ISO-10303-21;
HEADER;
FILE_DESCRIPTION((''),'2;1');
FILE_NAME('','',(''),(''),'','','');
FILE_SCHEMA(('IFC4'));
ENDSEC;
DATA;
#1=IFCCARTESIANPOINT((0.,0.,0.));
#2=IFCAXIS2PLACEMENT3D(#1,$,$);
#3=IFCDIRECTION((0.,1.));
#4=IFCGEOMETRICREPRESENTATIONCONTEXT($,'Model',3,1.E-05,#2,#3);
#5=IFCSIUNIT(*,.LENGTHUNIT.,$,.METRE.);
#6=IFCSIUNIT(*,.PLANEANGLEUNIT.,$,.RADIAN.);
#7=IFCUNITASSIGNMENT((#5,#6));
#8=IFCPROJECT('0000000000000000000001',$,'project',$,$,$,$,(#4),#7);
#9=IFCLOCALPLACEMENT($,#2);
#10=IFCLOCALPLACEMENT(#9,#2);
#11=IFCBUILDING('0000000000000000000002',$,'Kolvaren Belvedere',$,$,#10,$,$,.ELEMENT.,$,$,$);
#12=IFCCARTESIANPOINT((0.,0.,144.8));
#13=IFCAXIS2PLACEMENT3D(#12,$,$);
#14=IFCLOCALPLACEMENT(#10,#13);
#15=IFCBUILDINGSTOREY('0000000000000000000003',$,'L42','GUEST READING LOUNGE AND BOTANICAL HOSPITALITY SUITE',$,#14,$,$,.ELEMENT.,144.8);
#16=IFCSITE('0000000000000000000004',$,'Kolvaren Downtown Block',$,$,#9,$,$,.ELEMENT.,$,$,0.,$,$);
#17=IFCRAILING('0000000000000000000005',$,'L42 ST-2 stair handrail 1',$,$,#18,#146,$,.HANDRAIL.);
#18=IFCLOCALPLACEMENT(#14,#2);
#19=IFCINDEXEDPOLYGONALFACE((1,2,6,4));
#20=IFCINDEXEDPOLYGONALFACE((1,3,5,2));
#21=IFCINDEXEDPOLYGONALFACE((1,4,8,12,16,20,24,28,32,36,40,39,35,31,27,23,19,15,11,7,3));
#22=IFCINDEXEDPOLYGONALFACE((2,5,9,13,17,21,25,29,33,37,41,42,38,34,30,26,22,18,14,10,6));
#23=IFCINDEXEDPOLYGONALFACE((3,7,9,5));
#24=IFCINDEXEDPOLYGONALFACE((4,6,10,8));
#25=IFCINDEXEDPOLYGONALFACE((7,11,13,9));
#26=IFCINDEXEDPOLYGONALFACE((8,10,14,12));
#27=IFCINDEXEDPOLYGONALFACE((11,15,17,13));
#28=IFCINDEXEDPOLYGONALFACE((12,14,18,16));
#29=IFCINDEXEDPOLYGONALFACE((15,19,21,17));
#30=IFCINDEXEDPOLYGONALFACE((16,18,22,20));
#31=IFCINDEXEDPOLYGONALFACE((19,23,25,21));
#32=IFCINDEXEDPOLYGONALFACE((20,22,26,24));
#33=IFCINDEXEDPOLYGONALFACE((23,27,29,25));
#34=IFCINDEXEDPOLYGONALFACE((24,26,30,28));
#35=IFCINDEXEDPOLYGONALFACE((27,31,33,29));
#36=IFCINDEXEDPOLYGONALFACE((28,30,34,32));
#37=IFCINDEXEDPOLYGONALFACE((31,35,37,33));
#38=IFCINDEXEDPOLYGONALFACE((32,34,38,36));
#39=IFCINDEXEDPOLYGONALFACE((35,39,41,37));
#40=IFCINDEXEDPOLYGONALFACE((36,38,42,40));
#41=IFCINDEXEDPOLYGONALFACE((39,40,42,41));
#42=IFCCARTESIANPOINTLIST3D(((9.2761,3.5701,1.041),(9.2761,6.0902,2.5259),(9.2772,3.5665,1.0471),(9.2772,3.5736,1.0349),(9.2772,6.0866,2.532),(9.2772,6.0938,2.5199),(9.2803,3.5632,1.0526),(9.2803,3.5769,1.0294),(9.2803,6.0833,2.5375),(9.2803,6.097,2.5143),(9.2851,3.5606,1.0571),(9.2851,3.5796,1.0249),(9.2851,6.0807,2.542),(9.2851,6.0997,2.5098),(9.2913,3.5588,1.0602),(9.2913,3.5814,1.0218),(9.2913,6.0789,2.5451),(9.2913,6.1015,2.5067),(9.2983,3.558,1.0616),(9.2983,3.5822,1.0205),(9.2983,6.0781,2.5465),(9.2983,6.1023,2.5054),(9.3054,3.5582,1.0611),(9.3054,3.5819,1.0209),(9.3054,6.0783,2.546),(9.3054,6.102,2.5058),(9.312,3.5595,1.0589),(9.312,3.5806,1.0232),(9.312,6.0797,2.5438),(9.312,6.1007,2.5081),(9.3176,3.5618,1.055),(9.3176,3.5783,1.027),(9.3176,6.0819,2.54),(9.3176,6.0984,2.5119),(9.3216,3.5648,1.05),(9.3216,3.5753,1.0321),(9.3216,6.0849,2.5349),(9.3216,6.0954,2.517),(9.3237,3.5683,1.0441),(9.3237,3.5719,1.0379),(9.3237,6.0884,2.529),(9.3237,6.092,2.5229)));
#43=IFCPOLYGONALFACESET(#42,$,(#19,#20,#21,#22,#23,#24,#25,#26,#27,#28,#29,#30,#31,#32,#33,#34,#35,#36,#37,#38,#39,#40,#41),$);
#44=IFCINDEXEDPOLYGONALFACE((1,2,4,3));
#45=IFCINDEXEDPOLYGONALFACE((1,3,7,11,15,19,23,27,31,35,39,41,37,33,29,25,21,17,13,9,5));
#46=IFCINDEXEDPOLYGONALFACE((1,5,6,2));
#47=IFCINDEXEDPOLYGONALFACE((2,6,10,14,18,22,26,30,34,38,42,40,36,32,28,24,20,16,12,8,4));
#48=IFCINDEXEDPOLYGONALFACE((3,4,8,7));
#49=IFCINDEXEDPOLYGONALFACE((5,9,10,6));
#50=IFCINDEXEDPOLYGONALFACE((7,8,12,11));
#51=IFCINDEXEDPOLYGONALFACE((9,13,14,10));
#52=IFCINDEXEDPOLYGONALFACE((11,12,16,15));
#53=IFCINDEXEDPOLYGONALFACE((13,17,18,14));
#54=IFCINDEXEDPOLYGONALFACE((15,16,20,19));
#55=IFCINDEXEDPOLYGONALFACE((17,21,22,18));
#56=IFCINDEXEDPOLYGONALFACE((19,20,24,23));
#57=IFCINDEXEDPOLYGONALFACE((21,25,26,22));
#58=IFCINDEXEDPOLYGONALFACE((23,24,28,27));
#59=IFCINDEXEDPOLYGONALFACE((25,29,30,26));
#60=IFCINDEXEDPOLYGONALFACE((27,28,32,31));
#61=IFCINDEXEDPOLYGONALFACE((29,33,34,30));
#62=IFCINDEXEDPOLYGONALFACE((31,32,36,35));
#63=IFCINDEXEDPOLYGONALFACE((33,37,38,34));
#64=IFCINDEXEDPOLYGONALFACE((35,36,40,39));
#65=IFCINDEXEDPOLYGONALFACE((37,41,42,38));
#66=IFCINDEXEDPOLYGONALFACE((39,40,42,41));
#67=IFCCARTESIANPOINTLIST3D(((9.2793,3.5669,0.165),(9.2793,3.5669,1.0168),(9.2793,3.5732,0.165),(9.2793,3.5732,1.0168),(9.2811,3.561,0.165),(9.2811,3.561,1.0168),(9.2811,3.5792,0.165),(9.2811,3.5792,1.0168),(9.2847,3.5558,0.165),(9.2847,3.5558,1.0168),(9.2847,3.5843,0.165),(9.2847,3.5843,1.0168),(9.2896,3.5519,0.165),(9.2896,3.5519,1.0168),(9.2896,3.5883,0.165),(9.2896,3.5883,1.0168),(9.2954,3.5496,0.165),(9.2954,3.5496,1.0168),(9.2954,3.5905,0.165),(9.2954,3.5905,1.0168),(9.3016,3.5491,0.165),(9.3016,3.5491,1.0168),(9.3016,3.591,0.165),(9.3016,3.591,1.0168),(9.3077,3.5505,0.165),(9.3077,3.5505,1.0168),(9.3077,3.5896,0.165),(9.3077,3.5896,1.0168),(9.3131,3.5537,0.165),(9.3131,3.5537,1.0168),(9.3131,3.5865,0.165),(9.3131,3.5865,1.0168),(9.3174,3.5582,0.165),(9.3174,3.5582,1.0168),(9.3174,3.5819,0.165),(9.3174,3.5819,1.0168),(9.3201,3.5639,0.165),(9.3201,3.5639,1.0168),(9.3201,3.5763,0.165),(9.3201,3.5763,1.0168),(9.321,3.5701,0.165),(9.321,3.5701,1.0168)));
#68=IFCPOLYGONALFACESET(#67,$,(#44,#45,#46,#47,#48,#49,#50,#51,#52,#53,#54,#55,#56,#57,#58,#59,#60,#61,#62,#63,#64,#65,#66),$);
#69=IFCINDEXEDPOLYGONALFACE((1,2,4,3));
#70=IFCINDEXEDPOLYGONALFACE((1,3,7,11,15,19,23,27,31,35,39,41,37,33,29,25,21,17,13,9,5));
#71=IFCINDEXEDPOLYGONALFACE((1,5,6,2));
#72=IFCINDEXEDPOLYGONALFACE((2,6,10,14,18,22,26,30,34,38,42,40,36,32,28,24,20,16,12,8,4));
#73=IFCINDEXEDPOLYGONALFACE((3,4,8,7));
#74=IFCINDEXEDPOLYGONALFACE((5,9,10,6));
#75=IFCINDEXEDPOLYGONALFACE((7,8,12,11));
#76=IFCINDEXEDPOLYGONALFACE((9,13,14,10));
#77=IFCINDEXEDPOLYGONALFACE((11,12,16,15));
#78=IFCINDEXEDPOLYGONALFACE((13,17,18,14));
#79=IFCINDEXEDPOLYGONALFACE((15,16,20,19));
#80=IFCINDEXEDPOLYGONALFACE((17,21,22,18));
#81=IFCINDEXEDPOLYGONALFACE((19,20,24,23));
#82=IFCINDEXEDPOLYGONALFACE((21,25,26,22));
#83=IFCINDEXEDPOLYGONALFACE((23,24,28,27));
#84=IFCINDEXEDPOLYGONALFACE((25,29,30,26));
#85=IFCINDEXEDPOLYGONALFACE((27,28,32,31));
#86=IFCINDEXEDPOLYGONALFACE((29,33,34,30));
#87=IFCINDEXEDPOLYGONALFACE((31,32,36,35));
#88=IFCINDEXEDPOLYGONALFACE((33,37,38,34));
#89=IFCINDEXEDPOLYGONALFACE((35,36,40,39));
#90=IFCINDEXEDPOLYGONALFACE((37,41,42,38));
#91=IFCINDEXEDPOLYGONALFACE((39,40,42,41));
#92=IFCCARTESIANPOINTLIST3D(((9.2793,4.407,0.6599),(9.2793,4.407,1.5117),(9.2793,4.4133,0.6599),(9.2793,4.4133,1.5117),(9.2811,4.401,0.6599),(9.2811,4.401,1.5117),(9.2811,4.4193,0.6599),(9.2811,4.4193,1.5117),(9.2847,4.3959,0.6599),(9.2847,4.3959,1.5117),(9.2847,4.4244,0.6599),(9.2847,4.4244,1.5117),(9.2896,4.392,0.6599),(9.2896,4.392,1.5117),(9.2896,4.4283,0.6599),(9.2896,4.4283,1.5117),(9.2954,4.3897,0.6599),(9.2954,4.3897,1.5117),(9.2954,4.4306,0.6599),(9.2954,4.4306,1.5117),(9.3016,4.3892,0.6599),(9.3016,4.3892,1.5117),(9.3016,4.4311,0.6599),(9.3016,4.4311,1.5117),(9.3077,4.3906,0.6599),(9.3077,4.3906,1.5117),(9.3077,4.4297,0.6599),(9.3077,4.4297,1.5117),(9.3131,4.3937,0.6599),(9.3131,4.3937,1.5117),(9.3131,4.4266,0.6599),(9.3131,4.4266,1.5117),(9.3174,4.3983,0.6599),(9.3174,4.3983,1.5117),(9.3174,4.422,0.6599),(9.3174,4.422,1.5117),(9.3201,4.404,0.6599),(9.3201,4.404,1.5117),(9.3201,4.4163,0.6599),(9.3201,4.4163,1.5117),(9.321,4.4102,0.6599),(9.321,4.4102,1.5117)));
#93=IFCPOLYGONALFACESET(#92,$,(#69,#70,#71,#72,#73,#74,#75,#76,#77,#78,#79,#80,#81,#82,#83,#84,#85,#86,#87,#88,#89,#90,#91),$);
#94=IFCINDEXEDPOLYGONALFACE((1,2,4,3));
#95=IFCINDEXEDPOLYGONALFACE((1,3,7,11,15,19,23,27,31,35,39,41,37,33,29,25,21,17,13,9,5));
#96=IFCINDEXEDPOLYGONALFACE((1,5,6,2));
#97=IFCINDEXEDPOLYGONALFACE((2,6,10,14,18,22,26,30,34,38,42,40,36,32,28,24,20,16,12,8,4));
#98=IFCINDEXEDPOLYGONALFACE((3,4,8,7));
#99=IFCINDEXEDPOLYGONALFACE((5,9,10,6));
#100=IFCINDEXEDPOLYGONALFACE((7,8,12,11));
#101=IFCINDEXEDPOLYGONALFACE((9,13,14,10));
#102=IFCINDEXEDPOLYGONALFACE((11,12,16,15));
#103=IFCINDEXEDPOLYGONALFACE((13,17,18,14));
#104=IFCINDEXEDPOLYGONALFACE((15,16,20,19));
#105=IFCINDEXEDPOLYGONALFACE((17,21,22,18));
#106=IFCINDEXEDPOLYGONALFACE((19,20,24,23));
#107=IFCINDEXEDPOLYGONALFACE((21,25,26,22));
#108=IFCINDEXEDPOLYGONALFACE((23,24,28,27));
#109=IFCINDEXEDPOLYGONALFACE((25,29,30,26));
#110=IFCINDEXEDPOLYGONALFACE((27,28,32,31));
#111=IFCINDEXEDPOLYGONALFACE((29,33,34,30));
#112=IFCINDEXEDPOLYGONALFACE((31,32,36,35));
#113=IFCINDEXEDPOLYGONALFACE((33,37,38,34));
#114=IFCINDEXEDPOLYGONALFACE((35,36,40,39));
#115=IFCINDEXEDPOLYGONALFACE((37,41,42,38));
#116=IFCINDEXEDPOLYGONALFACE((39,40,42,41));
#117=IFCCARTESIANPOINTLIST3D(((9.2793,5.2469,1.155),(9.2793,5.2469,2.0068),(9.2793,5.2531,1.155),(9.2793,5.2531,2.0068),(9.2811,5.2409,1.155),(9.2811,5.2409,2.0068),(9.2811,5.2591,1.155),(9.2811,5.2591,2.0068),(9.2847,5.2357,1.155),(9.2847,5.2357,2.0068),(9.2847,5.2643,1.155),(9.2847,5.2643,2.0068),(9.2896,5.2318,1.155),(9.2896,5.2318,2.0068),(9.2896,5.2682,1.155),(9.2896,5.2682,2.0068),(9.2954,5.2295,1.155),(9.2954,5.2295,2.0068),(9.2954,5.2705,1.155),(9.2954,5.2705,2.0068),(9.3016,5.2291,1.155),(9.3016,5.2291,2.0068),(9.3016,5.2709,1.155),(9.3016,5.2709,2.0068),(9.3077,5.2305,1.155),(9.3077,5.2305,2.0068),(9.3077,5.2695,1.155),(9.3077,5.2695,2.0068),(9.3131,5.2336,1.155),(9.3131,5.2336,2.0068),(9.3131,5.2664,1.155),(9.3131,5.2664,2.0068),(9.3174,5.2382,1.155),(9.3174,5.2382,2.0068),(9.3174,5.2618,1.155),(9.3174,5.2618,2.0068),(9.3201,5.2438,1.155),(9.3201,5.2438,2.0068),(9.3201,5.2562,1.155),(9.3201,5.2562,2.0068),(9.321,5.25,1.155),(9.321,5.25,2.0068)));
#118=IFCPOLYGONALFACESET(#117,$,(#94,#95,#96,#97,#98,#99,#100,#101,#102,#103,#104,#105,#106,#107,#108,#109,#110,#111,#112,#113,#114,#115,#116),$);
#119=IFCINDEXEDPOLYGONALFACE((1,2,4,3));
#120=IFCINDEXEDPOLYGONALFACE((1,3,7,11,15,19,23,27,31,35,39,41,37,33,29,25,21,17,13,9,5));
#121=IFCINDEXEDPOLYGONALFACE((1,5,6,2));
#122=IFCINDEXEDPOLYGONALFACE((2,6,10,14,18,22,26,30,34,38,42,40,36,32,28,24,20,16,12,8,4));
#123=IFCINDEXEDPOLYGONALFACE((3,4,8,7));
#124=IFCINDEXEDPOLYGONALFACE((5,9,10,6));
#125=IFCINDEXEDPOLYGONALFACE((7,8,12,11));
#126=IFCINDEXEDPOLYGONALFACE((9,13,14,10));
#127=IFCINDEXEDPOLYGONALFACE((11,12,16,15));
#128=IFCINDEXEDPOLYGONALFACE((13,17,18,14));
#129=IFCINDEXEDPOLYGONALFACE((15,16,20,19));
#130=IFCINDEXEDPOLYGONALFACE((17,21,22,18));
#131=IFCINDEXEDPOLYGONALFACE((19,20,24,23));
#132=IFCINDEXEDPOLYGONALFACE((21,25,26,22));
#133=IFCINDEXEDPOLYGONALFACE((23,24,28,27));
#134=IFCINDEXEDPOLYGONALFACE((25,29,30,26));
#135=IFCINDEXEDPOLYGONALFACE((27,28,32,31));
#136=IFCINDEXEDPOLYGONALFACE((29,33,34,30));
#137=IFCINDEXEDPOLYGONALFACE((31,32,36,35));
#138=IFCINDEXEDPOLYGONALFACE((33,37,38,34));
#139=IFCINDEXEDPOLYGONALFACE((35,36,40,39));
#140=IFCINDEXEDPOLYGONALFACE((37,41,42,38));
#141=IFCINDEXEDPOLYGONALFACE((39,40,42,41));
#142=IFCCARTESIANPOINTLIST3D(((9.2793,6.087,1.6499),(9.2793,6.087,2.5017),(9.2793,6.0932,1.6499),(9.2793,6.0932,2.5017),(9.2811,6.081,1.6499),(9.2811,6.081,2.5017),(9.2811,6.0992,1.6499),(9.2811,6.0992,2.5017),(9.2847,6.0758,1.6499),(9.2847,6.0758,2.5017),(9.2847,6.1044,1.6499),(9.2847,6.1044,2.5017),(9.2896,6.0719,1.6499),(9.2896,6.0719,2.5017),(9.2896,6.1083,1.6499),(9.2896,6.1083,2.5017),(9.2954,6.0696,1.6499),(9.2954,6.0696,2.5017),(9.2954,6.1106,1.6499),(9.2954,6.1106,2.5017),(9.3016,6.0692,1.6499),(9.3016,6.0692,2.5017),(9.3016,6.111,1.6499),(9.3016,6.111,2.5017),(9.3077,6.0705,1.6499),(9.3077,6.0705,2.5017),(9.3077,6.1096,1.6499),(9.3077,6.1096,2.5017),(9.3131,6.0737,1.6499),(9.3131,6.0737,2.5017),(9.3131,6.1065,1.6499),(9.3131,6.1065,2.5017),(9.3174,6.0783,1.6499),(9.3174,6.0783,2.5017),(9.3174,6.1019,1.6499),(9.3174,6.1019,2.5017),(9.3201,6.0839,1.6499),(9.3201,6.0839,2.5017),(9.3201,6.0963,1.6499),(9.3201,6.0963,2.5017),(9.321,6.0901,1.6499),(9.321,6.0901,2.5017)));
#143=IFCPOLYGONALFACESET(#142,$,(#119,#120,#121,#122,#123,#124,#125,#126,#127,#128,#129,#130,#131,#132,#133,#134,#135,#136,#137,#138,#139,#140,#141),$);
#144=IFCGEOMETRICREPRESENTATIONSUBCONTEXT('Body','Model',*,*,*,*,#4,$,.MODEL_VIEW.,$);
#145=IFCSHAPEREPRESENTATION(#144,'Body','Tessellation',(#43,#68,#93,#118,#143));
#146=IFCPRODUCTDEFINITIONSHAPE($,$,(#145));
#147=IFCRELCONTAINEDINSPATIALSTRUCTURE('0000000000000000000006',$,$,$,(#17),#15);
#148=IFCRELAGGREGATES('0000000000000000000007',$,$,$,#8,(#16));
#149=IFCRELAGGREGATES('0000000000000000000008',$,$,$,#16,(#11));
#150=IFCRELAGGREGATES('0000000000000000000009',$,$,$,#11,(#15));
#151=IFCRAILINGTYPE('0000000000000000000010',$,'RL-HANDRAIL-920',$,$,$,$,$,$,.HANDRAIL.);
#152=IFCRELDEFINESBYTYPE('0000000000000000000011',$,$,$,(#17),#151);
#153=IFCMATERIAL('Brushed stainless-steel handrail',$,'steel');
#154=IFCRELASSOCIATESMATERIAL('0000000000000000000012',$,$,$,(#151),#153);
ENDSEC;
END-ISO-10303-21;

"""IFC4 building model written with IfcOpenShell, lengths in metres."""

from ifc_helpers import new_model, si_unit, direction, frame, origin, origin_2d, place, context, subcontext, project, spatial, circle, extrude, material, type_object, element, save


model = new_model("IFC4")

# Units and contexts
model_context = context("Model", 3, precision=1e-05, world=origin(), true_north=direction((0.0, 1.0)))
body_context = subcontext(model_context, "Body", "Model", "MODEL_VIEW")
ifc_project = project(units=[si_unit("LENGTHUNIT", "METRE"), si_unit("PLANEANGLEUNIT", "RADIAN")], contexts=[model_context])

# Site, building, storey
site_placement = place(None, origin())
site = spatial("IfcSite", under=ifc_project, at=site_placement, Name="Kolvaren Downtown Block", CompositionType="ELEMENT", RefElevation=0.0)
building_placement = place(site_placement, origin())
building = spatial("IfcBuilding", under=site, at=building_placement, Name="Kolvaren Belvedere", CompositionType="ELEMENT")
storey_placement = place(building_placement, frame((0.0, 0.0, 144.8)))
storey = spatial("IfcBuildingStorey", under=building, at=storey_placement, Name="L42", Description="GUEST READING LOUNGE AND BOTANICAL HOSPITALITY SUITE", CompositionType="ELEMENT", Elevation=144.8)

# Railing
ifc_material_1 = material(Name="Brushed stainless-steel handrail", Category="steel")
railing_type_1 = type_object("IfcRailingType", Name="RL-HANDRAIL-920", PredefinedType="HANDRAIL", material=ifc_material_1)
railing_1_placement = place(storey_placement, frame((9.3, 3.5701, 0.165)))
element("IfcRailing", 1, at=railing_1_placement, inside=storey, type_object=railing_type_1, Name="L42 ST-2 stair handrail 1", PredefinedType="HANDRAIL", context=body_context, shape_type="SweptSolid", body=[
    extrude(circle(Radius=0.0239, at=origin_2d()), frame((0.0, 0.0, 0.876), z_axis=(0.0, 0.861561, 0.507655), x_axis=(-1.0, 0.0, 0.0)), (0.0, 0.0, 1.0), 2.925),
    extrude(circle(Radius=0.021, at=origin_2d()), origin(), (0.0, 0.0, 1.0), 0.8518),
    extrude(circle(Radius=0.021, at=origin_2d()), frame((0.0, 0.8401, 0.4949)), (0.0, 0.0, 1.0), 0.8518),
    extrude(circle(Radius=0.021, at=origin_2d()), frame((0.0, 1.6799, 0.99)), (0.0, 0.0, 1.0), 0.8518),
    extrude(circle(Radius=0.021, at=origin_2d()), frame((0.0, 2.52, 1.4849)), (0.0, 0.0, 1.0), 0.8518),
])

save(model, "model.ifc")
